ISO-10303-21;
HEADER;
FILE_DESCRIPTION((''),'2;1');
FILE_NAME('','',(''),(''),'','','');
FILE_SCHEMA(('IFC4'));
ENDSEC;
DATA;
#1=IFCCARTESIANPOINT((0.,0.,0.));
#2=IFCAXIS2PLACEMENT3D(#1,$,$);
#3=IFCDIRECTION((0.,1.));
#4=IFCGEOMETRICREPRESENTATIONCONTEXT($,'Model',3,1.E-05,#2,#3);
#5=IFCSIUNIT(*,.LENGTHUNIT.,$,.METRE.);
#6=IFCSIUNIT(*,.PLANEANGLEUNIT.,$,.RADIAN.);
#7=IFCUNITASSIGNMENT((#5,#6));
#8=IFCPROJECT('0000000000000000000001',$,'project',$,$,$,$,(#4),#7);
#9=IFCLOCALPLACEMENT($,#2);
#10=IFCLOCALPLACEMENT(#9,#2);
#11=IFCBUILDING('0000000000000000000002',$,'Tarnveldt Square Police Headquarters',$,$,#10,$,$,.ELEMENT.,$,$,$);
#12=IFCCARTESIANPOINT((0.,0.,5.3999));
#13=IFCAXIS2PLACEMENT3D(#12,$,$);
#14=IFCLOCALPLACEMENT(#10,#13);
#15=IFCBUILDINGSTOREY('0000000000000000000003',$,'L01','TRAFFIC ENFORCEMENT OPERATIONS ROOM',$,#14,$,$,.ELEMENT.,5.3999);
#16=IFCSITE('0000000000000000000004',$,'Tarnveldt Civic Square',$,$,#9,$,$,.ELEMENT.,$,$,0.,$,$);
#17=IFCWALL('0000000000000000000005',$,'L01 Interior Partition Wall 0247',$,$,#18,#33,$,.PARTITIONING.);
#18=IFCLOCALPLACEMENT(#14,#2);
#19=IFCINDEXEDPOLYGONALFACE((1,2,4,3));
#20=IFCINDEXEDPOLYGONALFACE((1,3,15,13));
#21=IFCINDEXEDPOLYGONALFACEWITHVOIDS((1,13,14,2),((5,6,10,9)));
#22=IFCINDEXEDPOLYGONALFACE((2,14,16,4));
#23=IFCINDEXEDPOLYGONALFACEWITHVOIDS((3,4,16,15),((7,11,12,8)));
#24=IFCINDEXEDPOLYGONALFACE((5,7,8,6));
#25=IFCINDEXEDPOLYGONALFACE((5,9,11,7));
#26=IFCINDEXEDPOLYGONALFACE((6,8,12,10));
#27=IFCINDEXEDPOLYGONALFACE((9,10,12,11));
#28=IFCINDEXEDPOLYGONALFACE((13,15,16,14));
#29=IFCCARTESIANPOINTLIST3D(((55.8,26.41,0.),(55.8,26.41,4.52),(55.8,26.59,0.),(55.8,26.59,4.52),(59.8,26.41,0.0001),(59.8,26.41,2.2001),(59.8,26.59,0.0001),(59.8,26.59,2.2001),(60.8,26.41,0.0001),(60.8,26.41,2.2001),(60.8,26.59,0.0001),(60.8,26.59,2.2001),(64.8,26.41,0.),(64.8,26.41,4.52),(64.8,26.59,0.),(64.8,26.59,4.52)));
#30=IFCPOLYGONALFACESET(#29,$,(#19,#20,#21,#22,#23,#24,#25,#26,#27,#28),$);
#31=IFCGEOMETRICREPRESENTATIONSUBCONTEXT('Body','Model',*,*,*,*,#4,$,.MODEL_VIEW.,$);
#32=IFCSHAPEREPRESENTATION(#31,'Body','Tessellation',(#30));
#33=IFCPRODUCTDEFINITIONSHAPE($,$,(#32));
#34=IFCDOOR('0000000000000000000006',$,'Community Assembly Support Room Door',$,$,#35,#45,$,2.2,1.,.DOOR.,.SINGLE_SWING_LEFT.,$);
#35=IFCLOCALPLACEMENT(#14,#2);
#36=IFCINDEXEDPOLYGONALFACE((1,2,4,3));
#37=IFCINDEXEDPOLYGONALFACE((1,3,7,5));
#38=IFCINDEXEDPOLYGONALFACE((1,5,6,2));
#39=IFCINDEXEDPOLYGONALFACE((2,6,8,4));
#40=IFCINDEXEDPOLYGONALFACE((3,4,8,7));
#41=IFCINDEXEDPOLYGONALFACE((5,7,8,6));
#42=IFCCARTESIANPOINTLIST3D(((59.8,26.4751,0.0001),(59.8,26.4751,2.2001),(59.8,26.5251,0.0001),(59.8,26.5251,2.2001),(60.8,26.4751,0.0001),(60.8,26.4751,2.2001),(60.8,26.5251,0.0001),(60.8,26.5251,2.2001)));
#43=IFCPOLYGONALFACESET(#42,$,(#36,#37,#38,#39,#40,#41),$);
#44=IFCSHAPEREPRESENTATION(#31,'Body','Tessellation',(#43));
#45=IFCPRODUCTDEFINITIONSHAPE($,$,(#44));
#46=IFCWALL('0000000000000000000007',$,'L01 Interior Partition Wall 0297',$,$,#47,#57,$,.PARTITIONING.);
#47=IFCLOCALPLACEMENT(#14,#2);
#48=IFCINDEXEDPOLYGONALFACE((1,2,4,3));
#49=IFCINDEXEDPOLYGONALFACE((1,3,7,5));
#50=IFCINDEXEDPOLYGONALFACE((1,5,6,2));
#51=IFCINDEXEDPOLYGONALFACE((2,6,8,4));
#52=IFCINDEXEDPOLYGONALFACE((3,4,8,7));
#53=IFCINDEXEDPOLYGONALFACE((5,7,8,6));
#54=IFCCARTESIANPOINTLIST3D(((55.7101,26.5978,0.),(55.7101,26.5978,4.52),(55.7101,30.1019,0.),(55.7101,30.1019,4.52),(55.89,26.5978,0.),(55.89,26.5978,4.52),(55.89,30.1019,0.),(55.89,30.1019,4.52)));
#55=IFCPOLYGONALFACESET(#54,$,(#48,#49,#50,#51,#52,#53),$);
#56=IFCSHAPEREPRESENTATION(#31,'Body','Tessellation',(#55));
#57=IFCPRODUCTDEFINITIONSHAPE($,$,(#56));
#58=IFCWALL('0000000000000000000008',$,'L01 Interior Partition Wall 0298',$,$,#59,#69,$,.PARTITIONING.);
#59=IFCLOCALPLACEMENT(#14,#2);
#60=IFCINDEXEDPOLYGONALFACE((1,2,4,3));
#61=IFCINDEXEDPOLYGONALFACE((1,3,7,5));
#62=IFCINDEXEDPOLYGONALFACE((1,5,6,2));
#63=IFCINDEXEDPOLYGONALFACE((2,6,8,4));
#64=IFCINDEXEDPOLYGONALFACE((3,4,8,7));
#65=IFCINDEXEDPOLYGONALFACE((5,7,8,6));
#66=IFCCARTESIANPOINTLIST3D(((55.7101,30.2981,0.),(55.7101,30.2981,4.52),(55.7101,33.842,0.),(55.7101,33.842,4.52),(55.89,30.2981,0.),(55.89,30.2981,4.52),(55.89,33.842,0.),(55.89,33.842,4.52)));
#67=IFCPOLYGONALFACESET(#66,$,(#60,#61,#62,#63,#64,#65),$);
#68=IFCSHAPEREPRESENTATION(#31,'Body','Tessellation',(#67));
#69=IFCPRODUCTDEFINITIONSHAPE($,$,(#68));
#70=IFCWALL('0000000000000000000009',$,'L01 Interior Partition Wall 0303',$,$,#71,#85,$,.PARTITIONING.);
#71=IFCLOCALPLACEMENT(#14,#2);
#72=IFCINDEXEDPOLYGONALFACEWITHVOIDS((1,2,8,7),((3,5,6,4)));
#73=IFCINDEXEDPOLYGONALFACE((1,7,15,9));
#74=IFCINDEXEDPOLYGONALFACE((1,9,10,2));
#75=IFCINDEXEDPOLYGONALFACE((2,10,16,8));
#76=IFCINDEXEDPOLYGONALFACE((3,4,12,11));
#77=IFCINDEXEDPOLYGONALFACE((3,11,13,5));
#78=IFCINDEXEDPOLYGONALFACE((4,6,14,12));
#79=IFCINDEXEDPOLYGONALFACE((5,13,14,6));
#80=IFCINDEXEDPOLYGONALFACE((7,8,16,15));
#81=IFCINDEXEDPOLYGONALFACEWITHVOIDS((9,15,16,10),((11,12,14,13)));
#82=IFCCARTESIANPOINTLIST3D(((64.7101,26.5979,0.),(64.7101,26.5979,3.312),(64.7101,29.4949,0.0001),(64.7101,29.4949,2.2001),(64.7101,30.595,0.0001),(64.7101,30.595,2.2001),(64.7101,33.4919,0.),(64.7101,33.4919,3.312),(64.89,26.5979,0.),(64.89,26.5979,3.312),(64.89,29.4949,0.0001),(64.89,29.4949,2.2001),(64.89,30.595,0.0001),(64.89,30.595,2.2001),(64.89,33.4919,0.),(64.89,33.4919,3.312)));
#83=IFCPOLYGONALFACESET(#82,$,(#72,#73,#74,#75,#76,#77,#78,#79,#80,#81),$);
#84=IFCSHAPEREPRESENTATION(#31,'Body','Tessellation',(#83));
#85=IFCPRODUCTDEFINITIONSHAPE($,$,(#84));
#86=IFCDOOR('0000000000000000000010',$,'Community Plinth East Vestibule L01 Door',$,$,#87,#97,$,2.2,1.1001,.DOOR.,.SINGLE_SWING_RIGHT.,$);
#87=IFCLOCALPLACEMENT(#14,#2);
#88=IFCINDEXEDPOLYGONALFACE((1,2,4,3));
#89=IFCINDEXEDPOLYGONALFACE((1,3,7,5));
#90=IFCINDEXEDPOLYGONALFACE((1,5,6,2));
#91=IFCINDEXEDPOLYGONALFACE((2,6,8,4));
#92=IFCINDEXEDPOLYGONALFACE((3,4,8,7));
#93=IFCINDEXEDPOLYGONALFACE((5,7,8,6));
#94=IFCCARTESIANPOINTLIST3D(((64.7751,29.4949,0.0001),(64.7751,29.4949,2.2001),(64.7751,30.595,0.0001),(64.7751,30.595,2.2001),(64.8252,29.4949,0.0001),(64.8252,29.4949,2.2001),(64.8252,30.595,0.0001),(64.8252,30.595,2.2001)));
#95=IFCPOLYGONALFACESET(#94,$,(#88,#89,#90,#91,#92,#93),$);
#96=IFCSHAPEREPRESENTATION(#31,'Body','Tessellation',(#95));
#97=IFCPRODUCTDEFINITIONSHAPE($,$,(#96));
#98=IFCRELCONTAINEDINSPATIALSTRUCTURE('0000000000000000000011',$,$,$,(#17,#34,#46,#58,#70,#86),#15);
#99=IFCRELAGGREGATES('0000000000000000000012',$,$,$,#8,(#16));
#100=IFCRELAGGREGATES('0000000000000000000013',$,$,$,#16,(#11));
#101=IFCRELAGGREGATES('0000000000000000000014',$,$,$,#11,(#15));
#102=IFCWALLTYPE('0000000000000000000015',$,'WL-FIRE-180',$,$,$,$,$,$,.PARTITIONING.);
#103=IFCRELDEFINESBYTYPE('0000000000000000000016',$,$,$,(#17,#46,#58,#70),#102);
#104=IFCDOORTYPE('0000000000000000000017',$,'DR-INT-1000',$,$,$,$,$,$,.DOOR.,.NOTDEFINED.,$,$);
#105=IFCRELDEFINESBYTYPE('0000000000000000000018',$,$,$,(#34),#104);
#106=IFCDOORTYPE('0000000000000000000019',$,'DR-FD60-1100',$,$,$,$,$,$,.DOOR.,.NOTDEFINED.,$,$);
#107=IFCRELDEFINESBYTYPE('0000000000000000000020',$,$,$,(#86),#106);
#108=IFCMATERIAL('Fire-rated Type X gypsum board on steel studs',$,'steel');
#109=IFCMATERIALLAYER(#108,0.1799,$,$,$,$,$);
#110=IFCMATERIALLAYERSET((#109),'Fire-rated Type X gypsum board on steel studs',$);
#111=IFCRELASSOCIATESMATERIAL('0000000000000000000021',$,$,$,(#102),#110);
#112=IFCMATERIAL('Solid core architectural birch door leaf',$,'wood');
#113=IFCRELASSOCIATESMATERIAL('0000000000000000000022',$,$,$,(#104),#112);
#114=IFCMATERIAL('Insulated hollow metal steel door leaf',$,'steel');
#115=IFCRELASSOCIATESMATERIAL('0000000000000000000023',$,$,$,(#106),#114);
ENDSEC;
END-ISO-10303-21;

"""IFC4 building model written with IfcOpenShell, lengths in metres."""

from ifc_helpers import new_model, si_unit, direction, frame, frame_2d, origin, place, context, subcontext, project, spatial, rectangle, extrude, material, layer, layer_set, type_object, element, fill, save


model = new_model("IFC4")

# Units and contexts
model_context = context("Model", 3, precision=1e-05, world=origin(), true_north=direction((0.0, 1.0)))
body_context = subcontext(model_context, "Body", "Model", "MODEL_VIEW")
ifc_project = project(units=[si_unit("LENGTHUNIT", "METRE"), si_unit("PLANEANGLEUNIT", "RADIAN")], contexts=[model_context])

# Site, building, storey
site_placement = place(None, origin())
site = spatial("IfcSite", under=ifc_project, at=site_placement, Name="Tarnveldt Civic Square", CompositionType="ELEMENT", RefElevation=0.0)
building_placement = place(site_placement, origin())
building = spatial("IfcBuilding", under=site, at=building_placement, Name="Tarnveldt Square Police Headquarters", CompositionType="ELEMENT")
storey_placement = place(building_placement, frame((0.0, 0.0, 5.3999)))
storey = spatial("IfcBuildingStorey", under=building, at=storey_placement, Name="L01", Description="TRAFFIC ENFORCEMENT OPERATIONS ROOM", CompositionType="ELEMENT", Elevation=5.3999)

# Wall, opening, door
ifc_material_1 = material(Name="Fire-rated Type X gypsum board on steel studs", Category="steel")
ifc_layer_1 = layer(ifc_material_1, 0.1799)
ifc_layer_set_1 = layer_set([ifc_layer_1], Name="Fire-rated Type X gypsum board on steel studs")
wall_type_1 = type_object("IfcWallType", Name="WL-FIRE-180", PredefinedType="PARTITIONING", material=ifc_layer_set_1)
wall_1_placement = place(storey_placement, frame((55.8, 26.5, 0.0), z_axis=(0.0, 0.0, 1.0), x_axis=(1.0, 0.0, 0.0)))
wall_1 = element("IfcWall", 1, at=wall_1_placement, inside=storey, type_object=wall_type_1, Name="L01 Interior Partition Wall 0247", PredefinedType="PARTITIONING", context=body_context, shape_type="SweptSolid", body=[
    extrude(rectangle(XDim=9.0, YDim=0.1799, at=frame_2d((4.5, 0.0))), origin(), (0.0, 0.0, 1.0), 4.52),
])
opening_1_placement = place(wall_1_placement, frame((4.0, 0.0, 0.0)))
opening_1 = element("IfcOpeningElement", 2, at=opening_1_placement, cuts=wall_1, PredefinedType="OPENING", context=body_context, shape_type="SweptSolid", body=[
    extrude(rectangle(XDim=1.0, YDim=2.2, at=frame_2d((0.5, 1.1001))), frame((0.0, 0.0999, 0.0), z_axis=(0.0, -1.0, 0.0), x_axis=(1.0, 0.0, 0.0)), (0.0, 0.0, 1.0), 0.2),
])
ifc_material_2 = material(Name="Solid core architectural birch door leaf", Category="wood")
door_type_1 = type_object("IfcDoorType", Name="DR-INT-1000", OperationType="NOTDEFINED", PredefinedType="DOOR", material=ifc_material_2)
door_1_placement = place(opening_1_placement, frame((1.0, 0.0, 0.0), z_axis=(0.0, 0.0, 1.0), x_axis=(-1.0, 0.0, 0.0)))
door_1 = element("IfcDoor", 3, at=door_1_placement, inside=storey, type_object=door_type_1, Name="Community Assembly Support Room Door", OperationType="SINGLE_SWING_LEFT", OverallHeight=2.2, OverallWidth=1.0, PredefinedType="DOOR", context=body_context, shape_type="SweptSolid", body=[
    extrude(rectangle(XDim=1.0, YDim=2.2, at=frame_2d((0.5, 1.1001))), frame((0.0, 0.0249, 0.0), z_axis=(0.0, -1.0, 0.0), x_axis=(1.0, 0.0, 0.0)), (0.0, 0.0, 1.0), 0.05),
])
fill(opening_1, door_1)

# Walls
wall_2_placement = place(storey_placement, frame((55.8, 26.5979, 0.0), z_axis=(0.0, 0.0, 1.0), x_axis=(0.0, 1.0, 0.0)))
element("IfcWall", 4, at=wall_2_placement, inside=storey, type_object=wall_type_1, Name="L01 Interior Partition Wall 0297", PredefinedType="PARTITIONING", context=body_context, shape_type="SweptSolid", body=[
    extrude(rectangle(XDim=3.5042, YDim=0.1799, at=frame_2d((1.752, 0.0))), origin(), (0.0, 0.0, 1.0), 4.52),
])
wall_3_placement = place(storey_placement, frame((55.8, 30.2981, 0.0), z_axis=(0.0, 0.0, 1.0), x_axis=(0.0, 1.0, 0.0)))
element("IfcWall", 5, at=wall_3_placement, inside=storey, type_object=wall_type_1, Name="L01 Interior Partition Wall 0298", PredefinedType="PARTITIONING", context=body_context, shape_type="SweptSolid", body=[
    extrude(rectangle(XDim=3.5439, YDim=0.1799, at=frame_2d((1.772, 0.0))), origin(), (0.0, 0.0, 1.0), 4.52),
])

# Wall, opening, door
wall_4_placement = place(storey_placement, frame((64.8, 26.5979, 0.0), z_axis=(0.0, 0.0, 1.0), x_axis=(0.0, 1.0, 0.0)))
wall_4 = element("IfcWall", 6, at=wall_4_placement, inside=storey, type_object=wall_type_1, Name="L01 Interior Partition Wall 0303", PredefinedType="PARTITIONING", context=body_context, shape_type="SweptSolid", body=[
    extrude(rectangle(XDim=6.894, YDim=0.1799, at=frame_2d((3.447, 0.0))), origin(), (0.0, 0.0, 1.0), 3.312),
])
opening_2_placement = place(wall_4_placement, frame((2.897, 0.0, 0.0)))
opening_2 = element("IfcOpeningElement", 7, at=opening_2_placement, cuts=wall_4, PredefinedType="OPENING", context=body_context, shape_type="SweptSolid", body=[
    extrude(rectangle(XDim=1.1001, YDim=2.2, at=frame_2d((0.55, 1.1001))), frame((0.0, 0.0999, 0.0), z_axis=(0.0, -1.0, 0.0), x_axis=(1.0, 0.0, 0.0)), (0.0, 0.0, 1.0), 0.2),
])
ifc_material_3 = material(Name="Insulated hollow metal steel door leaf", Category="steel")
door_type_2 = type_object("IfcDoorType", Name="DR-FD60-1100", OperationType="NOTDEFINED", PredefinedType="DOOR", material=ifc_material_3)
door_2_placement = place(opening_2_placement, origin())
door_2 = element("IfcDoor", 8, at=door_2_placement, inside=storey, type_object=door_type_2, Name="Community Plinth East Vestibule L01 Door", OperationType="SINGLE_SWING_RIGHT", OverallHeight=2.2, OverallWidth=1.1001, PredefinedType="DOOR", context=body_context, shape_type="SweptSolid", body=[
    extrude(rectangle(XDim=1.1001, YDim=2.2, at=frame_2d((0.55, 1.1001))), frame((0.0, 0.0249, 0.0), z_axis=(0.0, -1.0, 0.0), x_axis=(1.0, 0.0, 0.0)), (0.0, 0.0, 1.0), 0.05),
])
fill(opening_2, door_2)

save(model, "model.ifc")
